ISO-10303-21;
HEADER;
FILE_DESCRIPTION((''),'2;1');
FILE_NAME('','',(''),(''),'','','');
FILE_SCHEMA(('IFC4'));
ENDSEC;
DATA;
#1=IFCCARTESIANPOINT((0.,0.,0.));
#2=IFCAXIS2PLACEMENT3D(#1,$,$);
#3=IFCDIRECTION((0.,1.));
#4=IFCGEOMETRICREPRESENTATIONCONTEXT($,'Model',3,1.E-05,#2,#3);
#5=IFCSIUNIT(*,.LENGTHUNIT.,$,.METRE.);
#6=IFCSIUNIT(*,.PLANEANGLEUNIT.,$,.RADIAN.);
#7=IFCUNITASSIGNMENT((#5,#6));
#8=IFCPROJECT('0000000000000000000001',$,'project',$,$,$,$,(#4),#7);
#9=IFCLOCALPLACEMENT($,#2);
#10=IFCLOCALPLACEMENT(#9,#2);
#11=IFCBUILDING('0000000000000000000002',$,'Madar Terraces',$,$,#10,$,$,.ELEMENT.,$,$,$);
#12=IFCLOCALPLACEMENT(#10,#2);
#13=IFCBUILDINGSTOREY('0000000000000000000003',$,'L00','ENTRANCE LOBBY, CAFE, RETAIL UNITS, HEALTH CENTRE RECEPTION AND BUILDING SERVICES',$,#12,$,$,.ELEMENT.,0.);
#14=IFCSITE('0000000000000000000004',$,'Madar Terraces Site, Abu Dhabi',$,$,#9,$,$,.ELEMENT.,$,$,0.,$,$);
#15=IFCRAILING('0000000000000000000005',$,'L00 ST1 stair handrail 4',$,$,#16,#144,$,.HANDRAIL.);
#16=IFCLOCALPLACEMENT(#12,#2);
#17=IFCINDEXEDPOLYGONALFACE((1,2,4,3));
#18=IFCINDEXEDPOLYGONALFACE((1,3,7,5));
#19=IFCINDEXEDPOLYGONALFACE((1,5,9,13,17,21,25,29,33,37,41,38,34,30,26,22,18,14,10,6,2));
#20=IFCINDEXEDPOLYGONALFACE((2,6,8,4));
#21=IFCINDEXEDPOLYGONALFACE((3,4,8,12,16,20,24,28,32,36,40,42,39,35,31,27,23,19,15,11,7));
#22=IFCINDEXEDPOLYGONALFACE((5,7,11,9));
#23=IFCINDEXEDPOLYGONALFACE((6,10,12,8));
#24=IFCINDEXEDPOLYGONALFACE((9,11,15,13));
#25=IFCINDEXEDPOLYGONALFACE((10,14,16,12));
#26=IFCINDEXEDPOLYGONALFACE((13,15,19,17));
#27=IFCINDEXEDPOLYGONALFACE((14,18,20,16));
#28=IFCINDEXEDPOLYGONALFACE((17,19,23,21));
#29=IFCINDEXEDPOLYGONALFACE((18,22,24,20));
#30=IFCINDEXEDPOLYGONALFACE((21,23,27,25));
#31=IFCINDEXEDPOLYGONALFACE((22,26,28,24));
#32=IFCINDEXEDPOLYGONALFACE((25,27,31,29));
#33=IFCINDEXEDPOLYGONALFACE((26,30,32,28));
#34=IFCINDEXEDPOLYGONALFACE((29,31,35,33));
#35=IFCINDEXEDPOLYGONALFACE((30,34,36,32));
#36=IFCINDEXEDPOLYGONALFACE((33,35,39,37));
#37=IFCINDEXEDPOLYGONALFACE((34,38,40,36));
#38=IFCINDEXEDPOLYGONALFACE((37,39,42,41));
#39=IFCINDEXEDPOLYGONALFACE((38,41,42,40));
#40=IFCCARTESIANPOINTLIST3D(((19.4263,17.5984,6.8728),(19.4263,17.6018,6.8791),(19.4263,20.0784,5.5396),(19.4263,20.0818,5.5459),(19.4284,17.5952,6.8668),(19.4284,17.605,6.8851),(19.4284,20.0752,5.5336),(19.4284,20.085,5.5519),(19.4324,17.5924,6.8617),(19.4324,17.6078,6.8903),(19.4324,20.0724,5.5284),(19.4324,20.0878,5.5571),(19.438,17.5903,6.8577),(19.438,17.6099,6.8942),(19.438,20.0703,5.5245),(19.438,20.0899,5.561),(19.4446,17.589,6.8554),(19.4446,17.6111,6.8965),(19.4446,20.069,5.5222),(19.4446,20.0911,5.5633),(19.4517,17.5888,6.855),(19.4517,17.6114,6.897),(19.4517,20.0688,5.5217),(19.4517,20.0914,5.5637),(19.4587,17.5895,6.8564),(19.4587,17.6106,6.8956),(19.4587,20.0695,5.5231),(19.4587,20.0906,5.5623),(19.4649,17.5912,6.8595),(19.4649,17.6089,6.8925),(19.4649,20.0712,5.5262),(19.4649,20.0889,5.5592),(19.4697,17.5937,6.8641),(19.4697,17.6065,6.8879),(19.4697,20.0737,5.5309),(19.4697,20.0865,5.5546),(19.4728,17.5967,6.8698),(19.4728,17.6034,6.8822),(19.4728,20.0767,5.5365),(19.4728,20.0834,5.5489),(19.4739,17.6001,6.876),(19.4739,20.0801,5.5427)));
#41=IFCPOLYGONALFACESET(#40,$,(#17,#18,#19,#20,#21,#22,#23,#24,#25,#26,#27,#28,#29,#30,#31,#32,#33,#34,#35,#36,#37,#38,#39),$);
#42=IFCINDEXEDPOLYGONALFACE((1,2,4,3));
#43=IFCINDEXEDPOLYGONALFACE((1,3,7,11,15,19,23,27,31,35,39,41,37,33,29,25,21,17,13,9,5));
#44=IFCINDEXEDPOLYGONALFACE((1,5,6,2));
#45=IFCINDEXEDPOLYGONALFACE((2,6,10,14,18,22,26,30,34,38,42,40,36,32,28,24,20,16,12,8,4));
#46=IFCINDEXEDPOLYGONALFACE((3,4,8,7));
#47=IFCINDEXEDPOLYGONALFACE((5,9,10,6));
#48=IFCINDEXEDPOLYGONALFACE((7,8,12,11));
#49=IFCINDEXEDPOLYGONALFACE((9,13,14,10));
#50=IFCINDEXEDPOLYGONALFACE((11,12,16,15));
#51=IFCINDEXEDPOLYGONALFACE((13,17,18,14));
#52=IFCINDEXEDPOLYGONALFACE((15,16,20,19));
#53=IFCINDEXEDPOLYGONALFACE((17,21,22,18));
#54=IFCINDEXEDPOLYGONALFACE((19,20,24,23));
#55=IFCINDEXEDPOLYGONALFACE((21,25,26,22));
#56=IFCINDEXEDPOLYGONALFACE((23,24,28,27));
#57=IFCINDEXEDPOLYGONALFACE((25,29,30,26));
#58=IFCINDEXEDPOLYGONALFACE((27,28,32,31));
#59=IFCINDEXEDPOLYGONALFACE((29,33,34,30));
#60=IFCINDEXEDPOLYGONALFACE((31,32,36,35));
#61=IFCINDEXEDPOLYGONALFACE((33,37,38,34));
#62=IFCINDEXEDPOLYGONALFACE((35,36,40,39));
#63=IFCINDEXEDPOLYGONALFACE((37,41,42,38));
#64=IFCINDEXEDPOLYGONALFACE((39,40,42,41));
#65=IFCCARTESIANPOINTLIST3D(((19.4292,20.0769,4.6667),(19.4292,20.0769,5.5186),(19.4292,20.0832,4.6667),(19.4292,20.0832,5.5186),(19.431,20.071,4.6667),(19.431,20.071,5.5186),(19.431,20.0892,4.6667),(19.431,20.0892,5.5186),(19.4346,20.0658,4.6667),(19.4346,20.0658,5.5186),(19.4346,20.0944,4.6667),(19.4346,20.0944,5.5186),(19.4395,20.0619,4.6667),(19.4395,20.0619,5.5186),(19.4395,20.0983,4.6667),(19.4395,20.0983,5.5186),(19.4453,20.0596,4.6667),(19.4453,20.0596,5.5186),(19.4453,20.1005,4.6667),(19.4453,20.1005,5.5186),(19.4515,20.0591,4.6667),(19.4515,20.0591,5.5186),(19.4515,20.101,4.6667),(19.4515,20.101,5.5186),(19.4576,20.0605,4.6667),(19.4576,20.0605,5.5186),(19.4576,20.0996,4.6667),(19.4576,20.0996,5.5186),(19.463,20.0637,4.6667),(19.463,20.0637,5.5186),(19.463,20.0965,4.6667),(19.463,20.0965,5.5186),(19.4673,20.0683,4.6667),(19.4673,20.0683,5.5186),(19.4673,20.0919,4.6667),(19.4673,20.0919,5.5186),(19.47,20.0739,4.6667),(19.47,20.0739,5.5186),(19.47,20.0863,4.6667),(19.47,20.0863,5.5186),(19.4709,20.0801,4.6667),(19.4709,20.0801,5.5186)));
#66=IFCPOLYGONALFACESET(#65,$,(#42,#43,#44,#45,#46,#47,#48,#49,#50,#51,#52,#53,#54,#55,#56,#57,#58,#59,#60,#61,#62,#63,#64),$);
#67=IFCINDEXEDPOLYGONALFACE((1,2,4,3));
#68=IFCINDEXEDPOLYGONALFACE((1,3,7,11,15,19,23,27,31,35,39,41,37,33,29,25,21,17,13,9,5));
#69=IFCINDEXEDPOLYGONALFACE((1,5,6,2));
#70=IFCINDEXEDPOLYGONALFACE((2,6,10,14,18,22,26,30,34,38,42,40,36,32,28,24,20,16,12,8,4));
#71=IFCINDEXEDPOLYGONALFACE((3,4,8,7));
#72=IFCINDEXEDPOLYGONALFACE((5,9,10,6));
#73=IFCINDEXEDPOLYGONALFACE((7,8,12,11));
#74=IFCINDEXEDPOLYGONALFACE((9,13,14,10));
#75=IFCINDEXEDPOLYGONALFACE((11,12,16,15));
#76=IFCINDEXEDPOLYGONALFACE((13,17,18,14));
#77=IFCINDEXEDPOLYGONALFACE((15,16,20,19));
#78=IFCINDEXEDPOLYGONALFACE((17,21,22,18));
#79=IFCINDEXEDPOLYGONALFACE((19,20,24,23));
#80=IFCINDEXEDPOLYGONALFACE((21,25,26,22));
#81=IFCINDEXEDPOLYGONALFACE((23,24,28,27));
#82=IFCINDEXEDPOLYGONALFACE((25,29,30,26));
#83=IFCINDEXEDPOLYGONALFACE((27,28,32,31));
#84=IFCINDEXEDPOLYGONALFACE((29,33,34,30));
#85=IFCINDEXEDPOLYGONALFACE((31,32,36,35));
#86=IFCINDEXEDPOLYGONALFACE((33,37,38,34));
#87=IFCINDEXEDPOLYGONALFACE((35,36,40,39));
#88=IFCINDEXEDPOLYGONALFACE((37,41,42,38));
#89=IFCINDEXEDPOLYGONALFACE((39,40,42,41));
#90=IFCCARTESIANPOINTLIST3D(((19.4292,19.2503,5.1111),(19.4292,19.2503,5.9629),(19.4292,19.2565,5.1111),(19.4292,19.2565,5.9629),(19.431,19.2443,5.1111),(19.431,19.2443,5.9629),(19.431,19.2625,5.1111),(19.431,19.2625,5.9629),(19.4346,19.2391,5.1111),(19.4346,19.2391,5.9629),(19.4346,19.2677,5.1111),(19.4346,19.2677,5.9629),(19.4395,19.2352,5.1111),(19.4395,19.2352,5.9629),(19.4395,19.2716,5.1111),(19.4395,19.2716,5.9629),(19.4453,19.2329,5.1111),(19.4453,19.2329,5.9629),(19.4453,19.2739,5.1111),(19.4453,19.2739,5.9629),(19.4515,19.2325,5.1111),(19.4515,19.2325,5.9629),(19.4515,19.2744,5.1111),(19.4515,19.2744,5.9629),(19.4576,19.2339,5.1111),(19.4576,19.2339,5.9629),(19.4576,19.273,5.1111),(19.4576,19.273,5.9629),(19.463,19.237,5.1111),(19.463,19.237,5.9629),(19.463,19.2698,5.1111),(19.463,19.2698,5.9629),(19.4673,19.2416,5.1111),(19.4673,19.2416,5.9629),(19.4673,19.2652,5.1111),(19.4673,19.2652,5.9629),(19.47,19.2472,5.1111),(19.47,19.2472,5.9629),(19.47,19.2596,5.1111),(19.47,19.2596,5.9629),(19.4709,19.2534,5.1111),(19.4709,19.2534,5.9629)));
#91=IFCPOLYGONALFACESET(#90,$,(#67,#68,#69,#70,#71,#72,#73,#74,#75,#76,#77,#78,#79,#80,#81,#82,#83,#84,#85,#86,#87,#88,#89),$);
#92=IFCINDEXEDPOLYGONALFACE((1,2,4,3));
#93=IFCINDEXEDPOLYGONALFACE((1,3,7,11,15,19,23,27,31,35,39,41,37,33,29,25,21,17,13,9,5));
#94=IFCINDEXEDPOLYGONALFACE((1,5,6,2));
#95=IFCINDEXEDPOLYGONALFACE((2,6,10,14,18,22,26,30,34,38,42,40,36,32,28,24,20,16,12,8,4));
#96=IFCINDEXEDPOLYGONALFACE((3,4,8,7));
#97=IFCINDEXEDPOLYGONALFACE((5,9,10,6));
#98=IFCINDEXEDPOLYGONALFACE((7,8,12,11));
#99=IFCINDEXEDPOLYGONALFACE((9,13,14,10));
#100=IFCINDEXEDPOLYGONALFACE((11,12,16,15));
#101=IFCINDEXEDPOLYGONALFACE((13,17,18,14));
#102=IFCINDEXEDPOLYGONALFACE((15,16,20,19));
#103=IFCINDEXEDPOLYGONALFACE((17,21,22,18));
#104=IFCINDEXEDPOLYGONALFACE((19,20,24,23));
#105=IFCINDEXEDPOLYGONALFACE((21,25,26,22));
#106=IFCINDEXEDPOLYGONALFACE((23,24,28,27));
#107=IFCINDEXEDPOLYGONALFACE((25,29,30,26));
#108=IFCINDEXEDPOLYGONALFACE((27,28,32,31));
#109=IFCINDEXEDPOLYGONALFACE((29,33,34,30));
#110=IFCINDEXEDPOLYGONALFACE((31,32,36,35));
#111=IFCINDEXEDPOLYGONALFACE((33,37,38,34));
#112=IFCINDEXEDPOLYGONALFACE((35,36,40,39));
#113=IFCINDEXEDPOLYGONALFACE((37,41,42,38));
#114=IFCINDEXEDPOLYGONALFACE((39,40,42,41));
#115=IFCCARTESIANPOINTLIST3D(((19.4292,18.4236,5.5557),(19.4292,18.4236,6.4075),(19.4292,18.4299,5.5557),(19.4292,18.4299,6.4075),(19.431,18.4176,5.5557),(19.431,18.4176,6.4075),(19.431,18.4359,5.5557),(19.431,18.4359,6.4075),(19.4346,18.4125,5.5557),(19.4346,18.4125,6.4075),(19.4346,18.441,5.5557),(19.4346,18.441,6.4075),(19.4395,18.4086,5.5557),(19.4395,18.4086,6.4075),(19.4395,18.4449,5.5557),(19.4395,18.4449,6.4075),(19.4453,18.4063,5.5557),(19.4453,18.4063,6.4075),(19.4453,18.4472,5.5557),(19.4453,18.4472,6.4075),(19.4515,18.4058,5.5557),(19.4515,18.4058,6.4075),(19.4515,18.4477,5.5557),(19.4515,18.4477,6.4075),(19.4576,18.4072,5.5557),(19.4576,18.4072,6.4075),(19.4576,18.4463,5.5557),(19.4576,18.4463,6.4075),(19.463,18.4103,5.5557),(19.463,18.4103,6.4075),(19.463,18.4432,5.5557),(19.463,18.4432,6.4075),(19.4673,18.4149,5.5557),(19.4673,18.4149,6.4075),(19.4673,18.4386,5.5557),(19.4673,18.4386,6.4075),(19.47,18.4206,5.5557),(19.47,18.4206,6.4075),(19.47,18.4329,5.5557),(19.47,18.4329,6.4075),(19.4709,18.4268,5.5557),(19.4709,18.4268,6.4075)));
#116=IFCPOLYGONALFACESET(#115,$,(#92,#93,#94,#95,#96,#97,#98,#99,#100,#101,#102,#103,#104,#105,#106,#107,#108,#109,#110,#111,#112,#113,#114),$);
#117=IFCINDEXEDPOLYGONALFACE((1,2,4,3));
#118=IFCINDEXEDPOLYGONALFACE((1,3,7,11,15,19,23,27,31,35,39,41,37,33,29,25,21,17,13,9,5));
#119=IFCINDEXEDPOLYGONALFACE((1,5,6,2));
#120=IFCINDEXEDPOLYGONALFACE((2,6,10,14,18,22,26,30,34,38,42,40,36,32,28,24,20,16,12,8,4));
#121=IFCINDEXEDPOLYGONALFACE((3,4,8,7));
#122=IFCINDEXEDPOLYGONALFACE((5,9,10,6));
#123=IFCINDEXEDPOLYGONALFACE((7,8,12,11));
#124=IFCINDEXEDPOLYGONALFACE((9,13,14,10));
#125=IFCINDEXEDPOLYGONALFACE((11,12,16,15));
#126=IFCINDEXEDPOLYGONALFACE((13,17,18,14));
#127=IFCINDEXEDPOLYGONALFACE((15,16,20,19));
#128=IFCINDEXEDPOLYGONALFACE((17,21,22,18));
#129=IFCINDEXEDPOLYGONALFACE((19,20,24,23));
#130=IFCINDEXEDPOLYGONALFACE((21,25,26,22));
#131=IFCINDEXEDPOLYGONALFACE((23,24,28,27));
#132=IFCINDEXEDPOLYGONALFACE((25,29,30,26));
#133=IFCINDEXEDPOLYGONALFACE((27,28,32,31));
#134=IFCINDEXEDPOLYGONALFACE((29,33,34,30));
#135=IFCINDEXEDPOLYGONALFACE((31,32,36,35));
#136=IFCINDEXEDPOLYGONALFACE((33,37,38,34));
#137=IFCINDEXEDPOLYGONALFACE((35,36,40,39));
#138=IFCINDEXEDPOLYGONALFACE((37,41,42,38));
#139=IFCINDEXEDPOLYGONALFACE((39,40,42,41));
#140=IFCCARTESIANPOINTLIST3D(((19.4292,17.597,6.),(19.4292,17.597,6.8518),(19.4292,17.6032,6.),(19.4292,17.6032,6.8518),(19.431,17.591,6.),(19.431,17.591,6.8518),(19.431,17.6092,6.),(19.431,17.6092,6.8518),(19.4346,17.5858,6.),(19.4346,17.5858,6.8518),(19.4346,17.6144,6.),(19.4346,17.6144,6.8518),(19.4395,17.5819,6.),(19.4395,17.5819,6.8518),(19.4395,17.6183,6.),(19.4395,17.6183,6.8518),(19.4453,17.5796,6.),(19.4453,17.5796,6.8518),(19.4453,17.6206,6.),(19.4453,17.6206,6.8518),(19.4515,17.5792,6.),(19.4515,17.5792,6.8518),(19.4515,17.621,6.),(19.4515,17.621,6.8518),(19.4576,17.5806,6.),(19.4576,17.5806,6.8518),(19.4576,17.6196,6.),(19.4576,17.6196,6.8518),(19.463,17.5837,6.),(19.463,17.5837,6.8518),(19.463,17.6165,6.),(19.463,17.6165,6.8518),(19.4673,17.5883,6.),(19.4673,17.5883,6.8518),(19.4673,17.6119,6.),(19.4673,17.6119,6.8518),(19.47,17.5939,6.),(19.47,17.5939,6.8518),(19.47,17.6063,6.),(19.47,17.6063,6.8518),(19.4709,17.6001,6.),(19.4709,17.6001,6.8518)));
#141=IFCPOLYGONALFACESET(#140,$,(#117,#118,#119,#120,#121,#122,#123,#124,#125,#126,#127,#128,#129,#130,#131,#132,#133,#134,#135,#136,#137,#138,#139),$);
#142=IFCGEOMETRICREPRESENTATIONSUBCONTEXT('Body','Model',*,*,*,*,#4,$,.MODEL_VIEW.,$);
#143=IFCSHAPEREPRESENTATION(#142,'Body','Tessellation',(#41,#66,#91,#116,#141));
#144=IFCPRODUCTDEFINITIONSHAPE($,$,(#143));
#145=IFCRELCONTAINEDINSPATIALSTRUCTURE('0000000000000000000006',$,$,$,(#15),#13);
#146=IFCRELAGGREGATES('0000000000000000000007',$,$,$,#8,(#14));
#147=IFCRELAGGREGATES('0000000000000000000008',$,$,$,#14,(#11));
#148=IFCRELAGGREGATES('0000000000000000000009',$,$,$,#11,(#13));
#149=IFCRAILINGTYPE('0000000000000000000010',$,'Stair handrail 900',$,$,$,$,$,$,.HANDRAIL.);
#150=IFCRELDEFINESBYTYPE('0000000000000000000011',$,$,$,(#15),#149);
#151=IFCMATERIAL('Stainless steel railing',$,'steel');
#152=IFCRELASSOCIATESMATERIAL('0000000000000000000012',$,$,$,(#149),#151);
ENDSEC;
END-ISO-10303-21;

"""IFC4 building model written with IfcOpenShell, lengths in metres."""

from ifc_helpers import new_model, si_unit, direction, frame, origin, origin_2d, place, context, subcontext, project, spatial, circle, extrude, material, type_object, element, save


model = new_model("IFC4")

# Units and contexts
model_context = context("Model", 3, precision=1e-05, world=origin(), true_north=direction((0.0, 1.0)))
body_context = subcontext(model_context, "Body", "Model", "MODEL_VIEW")
ifc_project = project(units=[si_unit("LENGTHUNIT", "METRE"), si_unit("PLANEANGLEUNIT", "RADIAN")], contexts=[model_context])

# Site, building, storey
site_placement = place(None, origin())
site = spatial("IfcSite", under=ifc_project, at=site_placement, Name="Madar Terraces Site, Abu Dhabi", CompositionType="ELEMENT", RefElevation=0.0)
building_placement = place(site_placement, origin())
building = spatial("IfcBuilding", under=site, at=building_placement, Name="Madar Terraces", CompositionType="ELEMENT")
storey_placement = place(building_placement, origin())
storey = spatial("IfcBuildingStorey", under=building, at=storey_placement, Name="L00", Description="ENTRANCE LOBBY, CAFE, RETAIL UNITS, HEALTH CENTRE RECEPTION AND BUILDING SERVICES", CompositionType="ELEMENT", Elevation=0.0)

# Railing
ifc_material_1 = material(Name="Stainless steel railing", Category="steel")
railing_type = type_object("IfcRailingType", Name="Stair handrail 900", PredefinedType="HANDRAIL", material=ifc_material_1)
for number, where, name in (
    (1, (19.45, 20.0801, 4.6667), "L00 ST1 stair handrail 4"),
):
    element("IfcRailing", number, at=place(storey_placement, frame(where)), inside=storey, type_object=railing_type, Name=name, PredefinedType="HANDRAIL", context=body_context, shape_type="SweptSolid", body=[
        extrude(circle(Radius=0.0239, at=origin_2d()), frame((0.0, 0.0, 0.876), z_axis=(0.0, -0.880786, 0.473515), x_axis=(1.0, 0.0, 0.0)), (0.0, 0.0, 1.0), 2.8157),
        extrude(circle(Radius=0.021, at=origin_2d()), origin(), (0.0, 0.0, 1.0), 0.8518),
        extrude(circle(Radius=0.021, at=origin_2d()), frame((0.0, -0.8267, 0.4443)), (0.0, 0.0, 1.0), 0.8518),
        extrude(circle(Radius=0.021, at=origin_2d()), frame((0.0, -1.6533, 0.8889)), (0.0, 0.0, 1.0), 0.8518),
        extrude(circle(Radius=0.021, at=origin_2d()), frame((0.0, -2.48, 1.3333)), (0.0, 0.0, 1.0), 0.8518),
    ])

save(model, "model.ifc")
